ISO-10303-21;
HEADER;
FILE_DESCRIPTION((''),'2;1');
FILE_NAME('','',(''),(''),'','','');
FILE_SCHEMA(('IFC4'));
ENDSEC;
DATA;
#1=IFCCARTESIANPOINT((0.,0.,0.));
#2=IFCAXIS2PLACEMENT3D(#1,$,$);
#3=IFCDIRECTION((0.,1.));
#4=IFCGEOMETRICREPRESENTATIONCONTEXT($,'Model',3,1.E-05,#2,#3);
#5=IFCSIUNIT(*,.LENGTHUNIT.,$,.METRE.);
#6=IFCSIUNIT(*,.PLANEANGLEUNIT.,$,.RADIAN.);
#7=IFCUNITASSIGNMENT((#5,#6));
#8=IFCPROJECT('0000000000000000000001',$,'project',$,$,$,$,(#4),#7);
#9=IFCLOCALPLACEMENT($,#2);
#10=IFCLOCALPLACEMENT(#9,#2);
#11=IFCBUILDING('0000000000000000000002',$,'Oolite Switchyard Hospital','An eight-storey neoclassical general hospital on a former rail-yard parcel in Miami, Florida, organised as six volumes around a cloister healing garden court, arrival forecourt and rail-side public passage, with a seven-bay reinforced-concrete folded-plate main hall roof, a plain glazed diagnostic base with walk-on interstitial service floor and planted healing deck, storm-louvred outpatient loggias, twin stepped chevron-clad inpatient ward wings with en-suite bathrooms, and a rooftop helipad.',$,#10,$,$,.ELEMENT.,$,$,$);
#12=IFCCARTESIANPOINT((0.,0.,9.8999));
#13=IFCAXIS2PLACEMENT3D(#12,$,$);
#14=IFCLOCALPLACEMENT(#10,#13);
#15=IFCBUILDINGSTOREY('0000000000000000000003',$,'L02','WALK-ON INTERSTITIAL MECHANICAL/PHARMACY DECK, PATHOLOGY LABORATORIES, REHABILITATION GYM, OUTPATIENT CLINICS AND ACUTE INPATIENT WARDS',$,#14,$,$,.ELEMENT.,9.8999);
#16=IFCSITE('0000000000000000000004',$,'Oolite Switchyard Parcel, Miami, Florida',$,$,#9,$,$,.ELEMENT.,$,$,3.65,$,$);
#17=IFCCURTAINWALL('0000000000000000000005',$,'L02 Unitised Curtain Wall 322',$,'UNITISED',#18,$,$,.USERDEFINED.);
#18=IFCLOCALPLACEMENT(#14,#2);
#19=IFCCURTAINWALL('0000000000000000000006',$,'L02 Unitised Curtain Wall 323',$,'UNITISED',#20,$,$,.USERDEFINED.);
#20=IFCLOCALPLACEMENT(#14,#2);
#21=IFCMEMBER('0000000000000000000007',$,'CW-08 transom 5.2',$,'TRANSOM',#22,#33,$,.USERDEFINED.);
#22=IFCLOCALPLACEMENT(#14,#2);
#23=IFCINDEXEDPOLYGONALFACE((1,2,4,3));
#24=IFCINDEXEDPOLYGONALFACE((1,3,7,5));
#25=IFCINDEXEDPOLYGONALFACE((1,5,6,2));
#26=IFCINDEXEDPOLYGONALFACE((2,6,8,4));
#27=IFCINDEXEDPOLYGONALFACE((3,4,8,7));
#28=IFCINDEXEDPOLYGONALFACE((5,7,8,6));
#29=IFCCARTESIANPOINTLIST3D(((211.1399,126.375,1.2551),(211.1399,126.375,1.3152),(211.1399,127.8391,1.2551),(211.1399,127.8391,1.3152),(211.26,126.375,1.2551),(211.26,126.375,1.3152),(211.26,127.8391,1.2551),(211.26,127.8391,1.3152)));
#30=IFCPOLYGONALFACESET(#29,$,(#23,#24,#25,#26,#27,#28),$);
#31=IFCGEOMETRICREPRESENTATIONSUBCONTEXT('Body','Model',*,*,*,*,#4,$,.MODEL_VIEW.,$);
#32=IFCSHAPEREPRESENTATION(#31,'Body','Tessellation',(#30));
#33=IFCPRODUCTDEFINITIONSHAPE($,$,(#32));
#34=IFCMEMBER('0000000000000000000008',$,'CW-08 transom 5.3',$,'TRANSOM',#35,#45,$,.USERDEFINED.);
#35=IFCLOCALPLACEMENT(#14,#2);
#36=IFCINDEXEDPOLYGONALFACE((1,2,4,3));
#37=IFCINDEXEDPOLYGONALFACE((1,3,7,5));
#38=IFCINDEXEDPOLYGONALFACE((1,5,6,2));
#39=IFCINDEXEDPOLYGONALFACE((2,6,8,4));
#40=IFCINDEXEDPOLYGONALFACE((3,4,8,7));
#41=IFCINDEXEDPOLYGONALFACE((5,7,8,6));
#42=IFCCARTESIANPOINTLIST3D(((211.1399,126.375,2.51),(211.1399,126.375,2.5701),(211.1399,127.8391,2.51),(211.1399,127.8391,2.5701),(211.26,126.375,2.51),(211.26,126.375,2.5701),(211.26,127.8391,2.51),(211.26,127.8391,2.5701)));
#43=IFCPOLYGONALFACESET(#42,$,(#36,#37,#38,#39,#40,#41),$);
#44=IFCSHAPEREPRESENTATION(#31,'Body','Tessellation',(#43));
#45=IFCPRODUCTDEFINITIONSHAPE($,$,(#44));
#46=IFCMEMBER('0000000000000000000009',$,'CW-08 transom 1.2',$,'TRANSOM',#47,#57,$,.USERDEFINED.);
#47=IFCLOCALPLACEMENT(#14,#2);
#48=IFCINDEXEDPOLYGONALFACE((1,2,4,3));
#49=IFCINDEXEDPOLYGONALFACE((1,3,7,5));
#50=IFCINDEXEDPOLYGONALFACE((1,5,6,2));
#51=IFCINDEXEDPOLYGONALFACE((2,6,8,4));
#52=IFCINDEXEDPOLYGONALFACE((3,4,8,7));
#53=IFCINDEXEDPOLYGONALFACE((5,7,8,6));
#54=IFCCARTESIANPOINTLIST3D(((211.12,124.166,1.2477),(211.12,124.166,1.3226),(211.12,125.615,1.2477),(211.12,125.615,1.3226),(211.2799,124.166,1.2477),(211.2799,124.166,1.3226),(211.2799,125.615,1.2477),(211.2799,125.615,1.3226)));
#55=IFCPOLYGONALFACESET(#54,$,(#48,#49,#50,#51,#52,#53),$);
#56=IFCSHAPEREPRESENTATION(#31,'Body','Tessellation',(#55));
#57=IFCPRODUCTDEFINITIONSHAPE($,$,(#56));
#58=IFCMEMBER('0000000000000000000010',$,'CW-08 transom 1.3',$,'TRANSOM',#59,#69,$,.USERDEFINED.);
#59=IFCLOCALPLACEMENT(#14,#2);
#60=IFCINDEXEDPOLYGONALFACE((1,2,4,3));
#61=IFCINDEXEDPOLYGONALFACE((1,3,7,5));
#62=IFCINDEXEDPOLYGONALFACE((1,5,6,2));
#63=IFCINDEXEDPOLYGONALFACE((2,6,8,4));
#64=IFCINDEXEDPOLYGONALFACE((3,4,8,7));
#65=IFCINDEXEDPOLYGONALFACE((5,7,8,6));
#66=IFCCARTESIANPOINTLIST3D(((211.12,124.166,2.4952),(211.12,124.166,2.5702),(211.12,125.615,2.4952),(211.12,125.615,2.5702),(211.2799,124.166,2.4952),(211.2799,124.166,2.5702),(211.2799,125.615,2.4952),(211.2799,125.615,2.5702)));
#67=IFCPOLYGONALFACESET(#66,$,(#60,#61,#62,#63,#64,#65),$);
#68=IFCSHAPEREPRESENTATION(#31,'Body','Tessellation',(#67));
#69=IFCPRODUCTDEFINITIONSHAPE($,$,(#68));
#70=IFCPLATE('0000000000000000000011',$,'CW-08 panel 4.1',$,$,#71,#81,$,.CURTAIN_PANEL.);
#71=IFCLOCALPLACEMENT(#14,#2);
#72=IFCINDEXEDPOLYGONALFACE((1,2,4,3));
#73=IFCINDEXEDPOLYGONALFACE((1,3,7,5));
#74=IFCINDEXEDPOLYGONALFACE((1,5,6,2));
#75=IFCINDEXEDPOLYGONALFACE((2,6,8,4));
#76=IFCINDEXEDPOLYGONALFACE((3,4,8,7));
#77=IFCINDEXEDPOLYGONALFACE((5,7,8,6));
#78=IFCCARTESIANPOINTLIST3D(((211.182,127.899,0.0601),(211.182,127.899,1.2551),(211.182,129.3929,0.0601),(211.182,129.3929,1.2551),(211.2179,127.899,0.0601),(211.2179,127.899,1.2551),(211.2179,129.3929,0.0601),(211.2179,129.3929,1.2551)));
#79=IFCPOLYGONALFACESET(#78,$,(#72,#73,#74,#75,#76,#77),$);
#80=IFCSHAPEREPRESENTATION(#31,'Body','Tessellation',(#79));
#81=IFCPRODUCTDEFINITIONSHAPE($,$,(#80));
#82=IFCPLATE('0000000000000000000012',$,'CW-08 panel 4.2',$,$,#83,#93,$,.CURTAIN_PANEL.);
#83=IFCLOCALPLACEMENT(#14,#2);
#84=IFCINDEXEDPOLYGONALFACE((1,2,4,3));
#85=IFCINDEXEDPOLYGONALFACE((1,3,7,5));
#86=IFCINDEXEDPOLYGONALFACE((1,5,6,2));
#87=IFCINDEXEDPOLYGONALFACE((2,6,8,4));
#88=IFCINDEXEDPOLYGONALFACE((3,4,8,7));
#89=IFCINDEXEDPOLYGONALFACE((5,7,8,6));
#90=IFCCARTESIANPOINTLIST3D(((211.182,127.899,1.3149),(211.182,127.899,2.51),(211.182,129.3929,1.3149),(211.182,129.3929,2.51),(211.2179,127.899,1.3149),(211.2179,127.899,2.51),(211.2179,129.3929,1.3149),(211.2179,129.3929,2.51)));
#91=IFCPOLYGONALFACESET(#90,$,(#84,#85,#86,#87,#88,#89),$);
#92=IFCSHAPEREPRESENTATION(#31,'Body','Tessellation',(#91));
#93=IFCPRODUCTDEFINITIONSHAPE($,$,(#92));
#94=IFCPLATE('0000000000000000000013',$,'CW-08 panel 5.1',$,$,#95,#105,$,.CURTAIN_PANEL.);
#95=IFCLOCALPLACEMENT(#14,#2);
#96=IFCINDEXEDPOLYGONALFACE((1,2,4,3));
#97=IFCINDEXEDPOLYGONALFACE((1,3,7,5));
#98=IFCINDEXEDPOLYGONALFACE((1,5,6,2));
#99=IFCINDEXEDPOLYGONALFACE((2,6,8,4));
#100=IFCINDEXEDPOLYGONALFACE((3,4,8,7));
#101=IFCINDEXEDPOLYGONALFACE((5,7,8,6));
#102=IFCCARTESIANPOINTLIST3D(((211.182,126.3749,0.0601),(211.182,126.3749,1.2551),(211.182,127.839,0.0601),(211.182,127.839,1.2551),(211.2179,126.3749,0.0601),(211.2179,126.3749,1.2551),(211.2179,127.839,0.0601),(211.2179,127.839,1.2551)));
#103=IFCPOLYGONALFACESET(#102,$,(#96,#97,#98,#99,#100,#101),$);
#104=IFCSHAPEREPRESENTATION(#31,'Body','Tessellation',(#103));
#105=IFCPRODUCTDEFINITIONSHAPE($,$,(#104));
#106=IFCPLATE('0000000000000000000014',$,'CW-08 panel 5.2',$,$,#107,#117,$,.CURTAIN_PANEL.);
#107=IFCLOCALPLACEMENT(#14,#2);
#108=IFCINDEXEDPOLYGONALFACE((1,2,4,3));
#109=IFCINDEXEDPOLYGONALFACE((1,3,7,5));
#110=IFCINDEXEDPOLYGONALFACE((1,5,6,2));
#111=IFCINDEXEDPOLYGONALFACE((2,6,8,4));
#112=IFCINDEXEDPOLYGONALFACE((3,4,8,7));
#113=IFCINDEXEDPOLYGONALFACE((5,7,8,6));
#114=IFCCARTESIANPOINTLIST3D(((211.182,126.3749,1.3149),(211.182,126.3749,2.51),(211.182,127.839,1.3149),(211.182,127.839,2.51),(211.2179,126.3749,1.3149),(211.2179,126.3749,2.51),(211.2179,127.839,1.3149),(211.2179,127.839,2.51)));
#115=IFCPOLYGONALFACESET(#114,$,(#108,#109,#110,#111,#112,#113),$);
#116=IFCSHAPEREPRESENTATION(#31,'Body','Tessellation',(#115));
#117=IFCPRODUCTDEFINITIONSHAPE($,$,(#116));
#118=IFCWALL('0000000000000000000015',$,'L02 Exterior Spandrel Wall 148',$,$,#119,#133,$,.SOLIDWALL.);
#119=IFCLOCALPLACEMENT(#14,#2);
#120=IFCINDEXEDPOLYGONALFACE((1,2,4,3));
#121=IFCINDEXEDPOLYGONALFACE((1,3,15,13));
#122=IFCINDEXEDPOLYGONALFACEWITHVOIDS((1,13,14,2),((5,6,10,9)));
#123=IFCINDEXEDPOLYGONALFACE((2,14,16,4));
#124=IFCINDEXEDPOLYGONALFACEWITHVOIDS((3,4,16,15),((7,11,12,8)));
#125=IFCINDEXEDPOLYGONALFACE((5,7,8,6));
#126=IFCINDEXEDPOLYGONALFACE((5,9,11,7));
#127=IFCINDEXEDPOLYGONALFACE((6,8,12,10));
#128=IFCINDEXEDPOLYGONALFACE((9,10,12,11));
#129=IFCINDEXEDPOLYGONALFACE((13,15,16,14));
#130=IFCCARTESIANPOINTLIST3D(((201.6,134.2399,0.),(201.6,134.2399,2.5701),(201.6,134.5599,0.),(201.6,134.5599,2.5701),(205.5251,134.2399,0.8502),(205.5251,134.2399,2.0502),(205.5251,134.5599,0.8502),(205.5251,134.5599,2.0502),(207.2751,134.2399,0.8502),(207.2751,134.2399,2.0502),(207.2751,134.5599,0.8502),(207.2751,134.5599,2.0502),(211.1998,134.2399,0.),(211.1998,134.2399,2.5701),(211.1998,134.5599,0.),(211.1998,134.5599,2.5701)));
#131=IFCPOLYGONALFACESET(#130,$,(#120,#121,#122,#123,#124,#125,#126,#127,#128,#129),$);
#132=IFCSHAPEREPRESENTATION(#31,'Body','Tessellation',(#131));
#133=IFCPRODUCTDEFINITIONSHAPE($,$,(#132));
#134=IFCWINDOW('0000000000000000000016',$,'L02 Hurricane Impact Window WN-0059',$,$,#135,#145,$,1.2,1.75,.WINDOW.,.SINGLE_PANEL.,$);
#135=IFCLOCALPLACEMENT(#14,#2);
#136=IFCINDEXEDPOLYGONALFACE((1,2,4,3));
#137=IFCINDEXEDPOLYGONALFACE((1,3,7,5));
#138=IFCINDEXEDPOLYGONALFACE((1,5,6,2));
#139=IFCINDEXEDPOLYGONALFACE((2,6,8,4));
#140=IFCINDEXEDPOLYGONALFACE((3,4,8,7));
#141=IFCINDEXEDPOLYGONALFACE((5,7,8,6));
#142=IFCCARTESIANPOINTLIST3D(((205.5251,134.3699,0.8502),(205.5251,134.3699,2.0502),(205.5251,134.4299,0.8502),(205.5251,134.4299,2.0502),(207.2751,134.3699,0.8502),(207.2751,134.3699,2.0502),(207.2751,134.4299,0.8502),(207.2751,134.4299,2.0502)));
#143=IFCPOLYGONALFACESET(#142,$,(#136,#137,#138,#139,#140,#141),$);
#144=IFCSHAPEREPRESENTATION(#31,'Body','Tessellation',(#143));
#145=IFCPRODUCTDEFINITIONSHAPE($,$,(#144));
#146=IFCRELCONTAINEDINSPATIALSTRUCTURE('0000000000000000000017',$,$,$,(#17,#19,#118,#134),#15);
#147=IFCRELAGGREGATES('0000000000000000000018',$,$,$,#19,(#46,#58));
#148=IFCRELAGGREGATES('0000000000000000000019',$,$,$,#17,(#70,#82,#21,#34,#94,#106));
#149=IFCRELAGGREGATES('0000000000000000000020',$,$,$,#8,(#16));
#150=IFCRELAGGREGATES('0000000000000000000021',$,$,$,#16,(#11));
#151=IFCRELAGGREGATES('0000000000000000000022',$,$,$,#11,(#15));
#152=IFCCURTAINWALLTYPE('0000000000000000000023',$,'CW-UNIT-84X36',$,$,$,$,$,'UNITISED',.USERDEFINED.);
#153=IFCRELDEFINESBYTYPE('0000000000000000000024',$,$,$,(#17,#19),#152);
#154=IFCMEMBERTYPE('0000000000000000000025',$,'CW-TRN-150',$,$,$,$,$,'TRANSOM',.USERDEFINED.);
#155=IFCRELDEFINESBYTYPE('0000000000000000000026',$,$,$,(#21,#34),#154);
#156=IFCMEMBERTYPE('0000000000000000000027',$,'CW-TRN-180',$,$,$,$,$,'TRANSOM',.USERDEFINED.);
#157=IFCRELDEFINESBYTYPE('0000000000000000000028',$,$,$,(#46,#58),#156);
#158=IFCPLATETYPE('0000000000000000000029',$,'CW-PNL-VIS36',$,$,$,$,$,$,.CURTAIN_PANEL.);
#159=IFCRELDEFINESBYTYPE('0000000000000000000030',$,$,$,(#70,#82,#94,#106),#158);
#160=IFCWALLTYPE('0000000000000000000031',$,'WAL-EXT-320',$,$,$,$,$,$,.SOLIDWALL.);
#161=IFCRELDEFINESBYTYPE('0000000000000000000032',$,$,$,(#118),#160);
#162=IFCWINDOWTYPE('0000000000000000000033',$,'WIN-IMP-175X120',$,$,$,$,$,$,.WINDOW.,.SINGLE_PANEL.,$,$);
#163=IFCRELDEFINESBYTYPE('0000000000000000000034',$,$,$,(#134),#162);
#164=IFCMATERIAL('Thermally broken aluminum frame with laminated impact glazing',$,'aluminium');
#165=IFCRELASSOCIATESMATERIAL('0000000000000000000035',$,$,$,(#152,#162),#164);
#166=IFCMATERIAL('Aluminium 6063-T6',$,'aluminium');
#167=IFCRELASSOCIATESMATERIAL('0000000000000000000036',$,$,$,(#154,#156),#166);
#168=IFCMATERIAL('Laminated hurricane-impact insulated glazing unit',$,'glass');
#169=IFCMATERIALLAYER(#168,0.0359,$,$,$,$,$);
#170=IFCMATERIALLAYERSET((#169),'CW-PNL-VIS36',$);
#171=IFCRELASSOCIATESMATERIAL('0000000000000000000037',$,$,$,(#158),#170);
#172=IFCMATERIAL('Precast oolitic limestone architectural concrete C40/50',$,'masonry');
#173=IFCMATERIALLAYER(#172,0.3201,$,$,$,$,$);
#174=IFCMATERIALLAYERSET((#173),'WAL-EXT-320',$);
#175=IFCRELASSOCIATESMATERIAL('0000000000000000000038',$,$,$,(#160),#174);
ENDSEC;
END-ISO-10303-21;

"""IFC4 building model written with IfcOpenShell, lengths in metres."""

from ifc_helpers import new_model, si_unit, direction, frame, frame_2d, origin, origin_2d, place, context, subcontext, project, spatial, rectangle, extrude, material, layer, layer_set, material_profile, profile_set, type_object, element, fill, aggregate, save


model = new_model("IFC4")

# Units and contexts
model_context = context("Model", 3, precision=1e-05, world=origin(), true_north=direction((0.0, 1.0)))
body_context = subcontext(model_context, "Body", "Model", "MODEL_VIEW")
ifc_project = project(units=[si_unit("LENGTHUNIT", "METRE"), si_unit("PLANEANGLEUNIT", "RADIAN")], contexts=[model_context])

# Site, building, storey
site_placement = place(None, origin())
site = spatial("IfcSite", under=ifc_project, at=site_placement, Name="Oolite Switchyard Parcel, Miami, Florida", CompositionType="ELEMENT", RefElevation=3.65)
building_placement = place(site_placement, origin())
building = spatial("IfcBuilding", under=site, at=building_placement, Name="Oolite Switchyard Hospital", Description="An eight-storey neoclassical general hospital on a former rail-yard parcel in Miami, Florida, organised as six volumes around a cloister healing garden court, arrival forecourt and rail-side public passage, with a seven-bay reinforced-concrete folded-plate main hall roof, a plain glazed diagnostic base with walk-on interstitial service floor and planted healing deck, storm-louvred outpatient loggias, twin stepped chevron-clad inpatient ward wings with en-suite bathrooms, and a rooftop helipad.", CompositionType="ELEMENT")
storey_placement = place(building_placement, frame((0.0, 0.0, 9.8999)))
storey = spatial("IfcBuildingStorey", under=building, at=storey_placement, Name="L02", Description="WALK-ON INTERSTITIAL MECHANICAL/PHARMACY DECK, PATHOLOGY LABORATORIES, REHABILITATION GYM, OUTPATIENT CLINICS AND ACUTE INPATIENT WARDS", CompositionType="ELEMENT", Elevation=9.8999)

# Curtain wall
ifc_material_1 = material(Name="Thermally broken aluminum frame with laminated impact glazing", Category="aluminium")
curtain_wall_type = type_object("IfcCurtainWallType", Name="CW-UNIT-84X36", ElementType="UNITISED", PredefinedType="USERDEFINED", material=ifc_material_1)
curtain_wall_1_placement = place(storey_placement, origin())
curtain_wall_1 = element("IfcCurtainWall", 1, at=curtain_wall_1_placement, inside=storey, type_object=curtain_wall_type, Name="L02 Unitised Curtain Wall 322", ObjectType="UNITISED", PredefinedType="USERDEFINED")
ifc_material_2 = material(Name="Aluminium 6063-T6", Category="aluminium")

# Curtain wall
curtain_wall_2_placement = place(storey_placement, origin())
curtain_wall_2 = element("IfcCurtainWall", 2, at=curtain_wall_2_placement, inside=storey, type_object=curtain_wall_type, Name="L02 Unitised Curtain Wall 323", ObjectType="UNITISED", PredefinedType="USERDEFINED")

# Members
ifc_material_profile_1 = material_profile(ifc_material_2, rectangle(XDim=0.1201, YDim=0.0601, at=origin_2d()), Name="CWT60X120")
ifc_profile_set_1 = profile_set([ifc_material_profile_1], Name="Aluminium 6063-T6")
member_type_1 = type_object("IfcMemberType", Name="CW-TRN-150", ElementType="TRANSOM", PredefinedType="USERDEFINED", material=ifc_profile_set_1)
member_1_placement = place(storey_placement, frame((211.2, 127.8391, 1.2852), z_axis=(0.0, -1.0, 0.0), x_axis=(1.0, 0.0, 0.0)))
member_1 = element("IfcMember", 3, at=member_1_placement, type_object=member_type_1, Name="CW-08 transom 5.2", ObjectType="TRANSOM", PredefinedType="USERDEFINED", context=body_context, shape_type="SweptSolid", body=[
    extrude(rectangle(XDim=0.1201, YDim=0.0601, at=origin_2d()), origin(), (0.0, 0.0, 1.0), 1.4641),
])
member_2_placement = place(storey_placement, frame((211.2, 127.8391, 2.54), z_axis=(0.0, -1.0, 0.0), x_axis=(1.0, 0.0, 0.0)))
member_2 = element("IfcMember", 4, at=member_2_placement, type_object=member_type_1, Name="CW-08 transom 5.3", ObjectType="TRANSOM", PredefinedType="USERDEFINED", context=body_context, shape_type="SweptSolid", body=[
    extrude(rectangle(XDim=0.1201, YDim=0.0601, at=origin_2d()), origin(), (0.0, 0.0, 1.0), 1.4641),
])
ifc_material_profile_2 = material_profile(ifc_material_2, rectangle(XDim=0.1599, YDim=0.075, at=origin_2d()), Name="CWT75X160")
ifc_profile_set_2 = profile_set([ifc_material_profile_2], Name="Aluminium 6063-T6")
member_type_2 = type_object("IfcMemberType", Name="CW-TRN-180", ElementType="TRANSOM", PredefinedType="USERDEFINED", material=ifc_profile_set_2)
member_3_placement = place(storey_placement, frame((211.2, 125.615, 1.2852), z_axis=(0.0, -1.0, 0.0), x_axis=(1.0, 0.0, 0.0)))
member_3 = element("IfcMember", 5, at=member_3_placement, type_object=member_type_2, Name="CW-08 transom 1.2", ObjectType="TRANSOM", PredefinedType="USERDEFINED", context=body_context, shape_type="SweptSolid", body=[
    extrude(rectangle(XDim=0.1599, YDim=0.075, at=origin_2d()), origin(), (0.0, 0.0, 1.0), 1.449),
])
member_4_placement = place(storey_placement, frame((211.2, 125.615, 2.5327), z_axis=(0.0, -1.0, 0.0), x_axis=(1.0, 0.0, 0.0)))
member_4 = element("IfcMember", 6, at=member_4_placement, type_object=member_type_2, Name="CW-08 transom 1.3", ObjectType="TRANSOM", PredefinedType="USERDEFINED", context=body_context, shape_type="SweptSolid", body=[
    extrude(rectangle(XDim=0.1599, YDim=0.075, at=origin_2d()), origin(), (0.0, 0.0, 1.0), 1.449),
])
aggregate(curtain_wall_2, [member_3, member_4])

# Plates
ifc_material_3 = material(Name="Laminated hurricane-impact insulated glazing unit", Category="glass")
ifc_layer_1 = layer(ifc_material_3, 0.0359)
ifc_layer_set_1 = layer_set([ifc_layer_1], Name="CW-PNL-VIS36")
plate_type = type_object("IfcPlateType", Name="CW-PNL-VIS36", PredefinedType="CURTAIN_PANEL", material=ifc_layer_set_1)
plate_1_placement = place(storey_placement, frame((211.2, 128.646, 0.0601), z_axis=(0.0, 0.0, 1.0), x_axis=(0.0, -1.0, 0.0)))
plate_1 = element("IfcPlate", 7, at=plate_1_placement, type_object=plate_type, Name="CW-08 panel 4.1", PredefinedType="CURTAIN_PANEL", context=body_context, shape_type="SweptSolid", body=[
    extrude(rectangle(XDim=1.4939, YDim=0.0359, at=origin_2d()), origin(), (0.0, 0.0, 1.0), 1.1951),
])
plate_2_placement = place(storey_placement, frame((211.2, 128.646, 1.3149), z_axis=(0.0, 0.0, 1.0), x_axis=(0.0, -1.0, 0.0)))
plate_2 = element("IfcPlate", 8, at=plate_2_placement, type_object=plate_type, Name="CW-08 panel 4.2", PredefinedType="CURTAIN_PANEL", context=body_context, shape_type="SweptSolid", body=[
    extrude(rectangle(XDim=1.4939, YDim=0.0359, at=origin_2d()), origin(), (0.0, 0.0, 1.0), 1.1951),
])
plate_3_placement = place(storey_placement, frame((211.2, 127.1069, 0.0601), z_axis=(0.0, 0.0, 1.0), x_axis=(0.0, -1.0, 0.0)))
plate_3 = element("IfcPlate", 9, at=plate_3_placement, type_object=plate_type, Name="CW-08 panel 5.1", PredefinedType="CURTAIN_PANEL", context=body_context, shape_type="SweptSolid", body=[
    extrude(rectangle(XDim=1.4641, YDim=0.0359, at=origin_2d()), origin(), (0.0, 0.0, 1.0), 1.1951),
])
plate_4_placement = place(storey_placement, frame((211.2, 127.1069, 1.3149), z_axis=(0.0, 0.0, 1.0), x_axis=(0.0, -1.0, 0.0)))
plate_4 = element("IfcPlate", 10, at=plate_4_placement, type_object=plate_type, Name="CW-08 panel 5.2", PredefinedType="CURTAIN_PANEL", context=body_context, shape_type="SweptSolid", body=[
    extrude(rectangle(XDim=1.4641, YDim=0.0359, at=origin_2d()), origin(), (0.0, 0.0, 1.0), 1.1951),
])
aggregate(curtain_wall_1, [plate_1, plate_2, member_1, member_2, plate_3, plate_4])

# Wall, opening, window
ifc_material_4 = material(Name="Precast oolitic limestone architectural concrete C40/50", Category="masonry")
ifc_layer_2 = layer(ifc_material_4, 0.3201)
ifc_layer_set_2 = layer_set([ifc_layer_2], Name="WAL-EXT-320")
wall_type = type_object("IfcWallType", Name="WAL-EXT-320", PredefinedType="SOLIDWALL", material=ifc_layer_set_2)
wall_placement = place(storey_placement, frame((201.6001, 134.3999, 0.0), z_axis=(0.0, 0.0, 1.0), x_axis=(1.0, 0.0, 0.0)))
wall = element("IfcWall", 11, at=wall_placement, inside=storey, type_object=wall_type, Name="L02 Exterior Spandrel Wall 148", PredefinedType="SOLIDWALL", context=body_context, shape_type="SweptSolid", body=[
    extrude(rectangle(XDim=9.5999, YDim=0.3201, at=frame_2d((4.7998, 0.0))), origin(), (0.0, 0.0, 1.0), 2.5701),
])
opening_placement = place(wall_placement, frame((3.925, 0.0, 0.8501)))
opening = element("IfcOpeningElement", 12, at=opening_placement, cuts=wall, PredefinedType="OPENING", context=body_context, shape_type="SweptSolid", body=[
    extrude(rectangle(XDim=1.75, YDim=1.2, at=frame_2d((0.875, 0.6001))), frame((0.0, 0.1699, 0.0), z_axis=(0.0, -1.0, 0.0), x_axis=(1.0, 0.0, 0.0)), (0.0, 0.0, 1.0), 0.3401),
])
window_type = type_object("IfcWindowType", Name="WIN-IMP-175X120", PartitioningType="SINGLE_PANEL", PredefinedType="WINDOW", material=ifc_material_1)
window_placement = place(opening_placement, origin())
window = element("IfcWindow", 13, at=window_placement, inside=storey, type_object=window_type, Name="L02 Hurricane Impact Window WN-0059", OverallHeight=1.2, OverallWidth=1.75, PartitioningType="SINGLE_PANEL", PredefinedType="WINDOW", context=body_context, shape_type="SweptSolid", body=[
    extrude(rectangle(XDim=1.75, YDim=1.2, at=frame_2d((0.875, 0.6001))), frame((0.0, 0.03, 0.0), z_axis=(0.0, -1.0, 0.0), x_axis=(1.0, 0.0, 0.0)), (0.0, 0.0, 1.0), 0.0601),
])
fill(opening, window)

save(model, "model.ifc")
